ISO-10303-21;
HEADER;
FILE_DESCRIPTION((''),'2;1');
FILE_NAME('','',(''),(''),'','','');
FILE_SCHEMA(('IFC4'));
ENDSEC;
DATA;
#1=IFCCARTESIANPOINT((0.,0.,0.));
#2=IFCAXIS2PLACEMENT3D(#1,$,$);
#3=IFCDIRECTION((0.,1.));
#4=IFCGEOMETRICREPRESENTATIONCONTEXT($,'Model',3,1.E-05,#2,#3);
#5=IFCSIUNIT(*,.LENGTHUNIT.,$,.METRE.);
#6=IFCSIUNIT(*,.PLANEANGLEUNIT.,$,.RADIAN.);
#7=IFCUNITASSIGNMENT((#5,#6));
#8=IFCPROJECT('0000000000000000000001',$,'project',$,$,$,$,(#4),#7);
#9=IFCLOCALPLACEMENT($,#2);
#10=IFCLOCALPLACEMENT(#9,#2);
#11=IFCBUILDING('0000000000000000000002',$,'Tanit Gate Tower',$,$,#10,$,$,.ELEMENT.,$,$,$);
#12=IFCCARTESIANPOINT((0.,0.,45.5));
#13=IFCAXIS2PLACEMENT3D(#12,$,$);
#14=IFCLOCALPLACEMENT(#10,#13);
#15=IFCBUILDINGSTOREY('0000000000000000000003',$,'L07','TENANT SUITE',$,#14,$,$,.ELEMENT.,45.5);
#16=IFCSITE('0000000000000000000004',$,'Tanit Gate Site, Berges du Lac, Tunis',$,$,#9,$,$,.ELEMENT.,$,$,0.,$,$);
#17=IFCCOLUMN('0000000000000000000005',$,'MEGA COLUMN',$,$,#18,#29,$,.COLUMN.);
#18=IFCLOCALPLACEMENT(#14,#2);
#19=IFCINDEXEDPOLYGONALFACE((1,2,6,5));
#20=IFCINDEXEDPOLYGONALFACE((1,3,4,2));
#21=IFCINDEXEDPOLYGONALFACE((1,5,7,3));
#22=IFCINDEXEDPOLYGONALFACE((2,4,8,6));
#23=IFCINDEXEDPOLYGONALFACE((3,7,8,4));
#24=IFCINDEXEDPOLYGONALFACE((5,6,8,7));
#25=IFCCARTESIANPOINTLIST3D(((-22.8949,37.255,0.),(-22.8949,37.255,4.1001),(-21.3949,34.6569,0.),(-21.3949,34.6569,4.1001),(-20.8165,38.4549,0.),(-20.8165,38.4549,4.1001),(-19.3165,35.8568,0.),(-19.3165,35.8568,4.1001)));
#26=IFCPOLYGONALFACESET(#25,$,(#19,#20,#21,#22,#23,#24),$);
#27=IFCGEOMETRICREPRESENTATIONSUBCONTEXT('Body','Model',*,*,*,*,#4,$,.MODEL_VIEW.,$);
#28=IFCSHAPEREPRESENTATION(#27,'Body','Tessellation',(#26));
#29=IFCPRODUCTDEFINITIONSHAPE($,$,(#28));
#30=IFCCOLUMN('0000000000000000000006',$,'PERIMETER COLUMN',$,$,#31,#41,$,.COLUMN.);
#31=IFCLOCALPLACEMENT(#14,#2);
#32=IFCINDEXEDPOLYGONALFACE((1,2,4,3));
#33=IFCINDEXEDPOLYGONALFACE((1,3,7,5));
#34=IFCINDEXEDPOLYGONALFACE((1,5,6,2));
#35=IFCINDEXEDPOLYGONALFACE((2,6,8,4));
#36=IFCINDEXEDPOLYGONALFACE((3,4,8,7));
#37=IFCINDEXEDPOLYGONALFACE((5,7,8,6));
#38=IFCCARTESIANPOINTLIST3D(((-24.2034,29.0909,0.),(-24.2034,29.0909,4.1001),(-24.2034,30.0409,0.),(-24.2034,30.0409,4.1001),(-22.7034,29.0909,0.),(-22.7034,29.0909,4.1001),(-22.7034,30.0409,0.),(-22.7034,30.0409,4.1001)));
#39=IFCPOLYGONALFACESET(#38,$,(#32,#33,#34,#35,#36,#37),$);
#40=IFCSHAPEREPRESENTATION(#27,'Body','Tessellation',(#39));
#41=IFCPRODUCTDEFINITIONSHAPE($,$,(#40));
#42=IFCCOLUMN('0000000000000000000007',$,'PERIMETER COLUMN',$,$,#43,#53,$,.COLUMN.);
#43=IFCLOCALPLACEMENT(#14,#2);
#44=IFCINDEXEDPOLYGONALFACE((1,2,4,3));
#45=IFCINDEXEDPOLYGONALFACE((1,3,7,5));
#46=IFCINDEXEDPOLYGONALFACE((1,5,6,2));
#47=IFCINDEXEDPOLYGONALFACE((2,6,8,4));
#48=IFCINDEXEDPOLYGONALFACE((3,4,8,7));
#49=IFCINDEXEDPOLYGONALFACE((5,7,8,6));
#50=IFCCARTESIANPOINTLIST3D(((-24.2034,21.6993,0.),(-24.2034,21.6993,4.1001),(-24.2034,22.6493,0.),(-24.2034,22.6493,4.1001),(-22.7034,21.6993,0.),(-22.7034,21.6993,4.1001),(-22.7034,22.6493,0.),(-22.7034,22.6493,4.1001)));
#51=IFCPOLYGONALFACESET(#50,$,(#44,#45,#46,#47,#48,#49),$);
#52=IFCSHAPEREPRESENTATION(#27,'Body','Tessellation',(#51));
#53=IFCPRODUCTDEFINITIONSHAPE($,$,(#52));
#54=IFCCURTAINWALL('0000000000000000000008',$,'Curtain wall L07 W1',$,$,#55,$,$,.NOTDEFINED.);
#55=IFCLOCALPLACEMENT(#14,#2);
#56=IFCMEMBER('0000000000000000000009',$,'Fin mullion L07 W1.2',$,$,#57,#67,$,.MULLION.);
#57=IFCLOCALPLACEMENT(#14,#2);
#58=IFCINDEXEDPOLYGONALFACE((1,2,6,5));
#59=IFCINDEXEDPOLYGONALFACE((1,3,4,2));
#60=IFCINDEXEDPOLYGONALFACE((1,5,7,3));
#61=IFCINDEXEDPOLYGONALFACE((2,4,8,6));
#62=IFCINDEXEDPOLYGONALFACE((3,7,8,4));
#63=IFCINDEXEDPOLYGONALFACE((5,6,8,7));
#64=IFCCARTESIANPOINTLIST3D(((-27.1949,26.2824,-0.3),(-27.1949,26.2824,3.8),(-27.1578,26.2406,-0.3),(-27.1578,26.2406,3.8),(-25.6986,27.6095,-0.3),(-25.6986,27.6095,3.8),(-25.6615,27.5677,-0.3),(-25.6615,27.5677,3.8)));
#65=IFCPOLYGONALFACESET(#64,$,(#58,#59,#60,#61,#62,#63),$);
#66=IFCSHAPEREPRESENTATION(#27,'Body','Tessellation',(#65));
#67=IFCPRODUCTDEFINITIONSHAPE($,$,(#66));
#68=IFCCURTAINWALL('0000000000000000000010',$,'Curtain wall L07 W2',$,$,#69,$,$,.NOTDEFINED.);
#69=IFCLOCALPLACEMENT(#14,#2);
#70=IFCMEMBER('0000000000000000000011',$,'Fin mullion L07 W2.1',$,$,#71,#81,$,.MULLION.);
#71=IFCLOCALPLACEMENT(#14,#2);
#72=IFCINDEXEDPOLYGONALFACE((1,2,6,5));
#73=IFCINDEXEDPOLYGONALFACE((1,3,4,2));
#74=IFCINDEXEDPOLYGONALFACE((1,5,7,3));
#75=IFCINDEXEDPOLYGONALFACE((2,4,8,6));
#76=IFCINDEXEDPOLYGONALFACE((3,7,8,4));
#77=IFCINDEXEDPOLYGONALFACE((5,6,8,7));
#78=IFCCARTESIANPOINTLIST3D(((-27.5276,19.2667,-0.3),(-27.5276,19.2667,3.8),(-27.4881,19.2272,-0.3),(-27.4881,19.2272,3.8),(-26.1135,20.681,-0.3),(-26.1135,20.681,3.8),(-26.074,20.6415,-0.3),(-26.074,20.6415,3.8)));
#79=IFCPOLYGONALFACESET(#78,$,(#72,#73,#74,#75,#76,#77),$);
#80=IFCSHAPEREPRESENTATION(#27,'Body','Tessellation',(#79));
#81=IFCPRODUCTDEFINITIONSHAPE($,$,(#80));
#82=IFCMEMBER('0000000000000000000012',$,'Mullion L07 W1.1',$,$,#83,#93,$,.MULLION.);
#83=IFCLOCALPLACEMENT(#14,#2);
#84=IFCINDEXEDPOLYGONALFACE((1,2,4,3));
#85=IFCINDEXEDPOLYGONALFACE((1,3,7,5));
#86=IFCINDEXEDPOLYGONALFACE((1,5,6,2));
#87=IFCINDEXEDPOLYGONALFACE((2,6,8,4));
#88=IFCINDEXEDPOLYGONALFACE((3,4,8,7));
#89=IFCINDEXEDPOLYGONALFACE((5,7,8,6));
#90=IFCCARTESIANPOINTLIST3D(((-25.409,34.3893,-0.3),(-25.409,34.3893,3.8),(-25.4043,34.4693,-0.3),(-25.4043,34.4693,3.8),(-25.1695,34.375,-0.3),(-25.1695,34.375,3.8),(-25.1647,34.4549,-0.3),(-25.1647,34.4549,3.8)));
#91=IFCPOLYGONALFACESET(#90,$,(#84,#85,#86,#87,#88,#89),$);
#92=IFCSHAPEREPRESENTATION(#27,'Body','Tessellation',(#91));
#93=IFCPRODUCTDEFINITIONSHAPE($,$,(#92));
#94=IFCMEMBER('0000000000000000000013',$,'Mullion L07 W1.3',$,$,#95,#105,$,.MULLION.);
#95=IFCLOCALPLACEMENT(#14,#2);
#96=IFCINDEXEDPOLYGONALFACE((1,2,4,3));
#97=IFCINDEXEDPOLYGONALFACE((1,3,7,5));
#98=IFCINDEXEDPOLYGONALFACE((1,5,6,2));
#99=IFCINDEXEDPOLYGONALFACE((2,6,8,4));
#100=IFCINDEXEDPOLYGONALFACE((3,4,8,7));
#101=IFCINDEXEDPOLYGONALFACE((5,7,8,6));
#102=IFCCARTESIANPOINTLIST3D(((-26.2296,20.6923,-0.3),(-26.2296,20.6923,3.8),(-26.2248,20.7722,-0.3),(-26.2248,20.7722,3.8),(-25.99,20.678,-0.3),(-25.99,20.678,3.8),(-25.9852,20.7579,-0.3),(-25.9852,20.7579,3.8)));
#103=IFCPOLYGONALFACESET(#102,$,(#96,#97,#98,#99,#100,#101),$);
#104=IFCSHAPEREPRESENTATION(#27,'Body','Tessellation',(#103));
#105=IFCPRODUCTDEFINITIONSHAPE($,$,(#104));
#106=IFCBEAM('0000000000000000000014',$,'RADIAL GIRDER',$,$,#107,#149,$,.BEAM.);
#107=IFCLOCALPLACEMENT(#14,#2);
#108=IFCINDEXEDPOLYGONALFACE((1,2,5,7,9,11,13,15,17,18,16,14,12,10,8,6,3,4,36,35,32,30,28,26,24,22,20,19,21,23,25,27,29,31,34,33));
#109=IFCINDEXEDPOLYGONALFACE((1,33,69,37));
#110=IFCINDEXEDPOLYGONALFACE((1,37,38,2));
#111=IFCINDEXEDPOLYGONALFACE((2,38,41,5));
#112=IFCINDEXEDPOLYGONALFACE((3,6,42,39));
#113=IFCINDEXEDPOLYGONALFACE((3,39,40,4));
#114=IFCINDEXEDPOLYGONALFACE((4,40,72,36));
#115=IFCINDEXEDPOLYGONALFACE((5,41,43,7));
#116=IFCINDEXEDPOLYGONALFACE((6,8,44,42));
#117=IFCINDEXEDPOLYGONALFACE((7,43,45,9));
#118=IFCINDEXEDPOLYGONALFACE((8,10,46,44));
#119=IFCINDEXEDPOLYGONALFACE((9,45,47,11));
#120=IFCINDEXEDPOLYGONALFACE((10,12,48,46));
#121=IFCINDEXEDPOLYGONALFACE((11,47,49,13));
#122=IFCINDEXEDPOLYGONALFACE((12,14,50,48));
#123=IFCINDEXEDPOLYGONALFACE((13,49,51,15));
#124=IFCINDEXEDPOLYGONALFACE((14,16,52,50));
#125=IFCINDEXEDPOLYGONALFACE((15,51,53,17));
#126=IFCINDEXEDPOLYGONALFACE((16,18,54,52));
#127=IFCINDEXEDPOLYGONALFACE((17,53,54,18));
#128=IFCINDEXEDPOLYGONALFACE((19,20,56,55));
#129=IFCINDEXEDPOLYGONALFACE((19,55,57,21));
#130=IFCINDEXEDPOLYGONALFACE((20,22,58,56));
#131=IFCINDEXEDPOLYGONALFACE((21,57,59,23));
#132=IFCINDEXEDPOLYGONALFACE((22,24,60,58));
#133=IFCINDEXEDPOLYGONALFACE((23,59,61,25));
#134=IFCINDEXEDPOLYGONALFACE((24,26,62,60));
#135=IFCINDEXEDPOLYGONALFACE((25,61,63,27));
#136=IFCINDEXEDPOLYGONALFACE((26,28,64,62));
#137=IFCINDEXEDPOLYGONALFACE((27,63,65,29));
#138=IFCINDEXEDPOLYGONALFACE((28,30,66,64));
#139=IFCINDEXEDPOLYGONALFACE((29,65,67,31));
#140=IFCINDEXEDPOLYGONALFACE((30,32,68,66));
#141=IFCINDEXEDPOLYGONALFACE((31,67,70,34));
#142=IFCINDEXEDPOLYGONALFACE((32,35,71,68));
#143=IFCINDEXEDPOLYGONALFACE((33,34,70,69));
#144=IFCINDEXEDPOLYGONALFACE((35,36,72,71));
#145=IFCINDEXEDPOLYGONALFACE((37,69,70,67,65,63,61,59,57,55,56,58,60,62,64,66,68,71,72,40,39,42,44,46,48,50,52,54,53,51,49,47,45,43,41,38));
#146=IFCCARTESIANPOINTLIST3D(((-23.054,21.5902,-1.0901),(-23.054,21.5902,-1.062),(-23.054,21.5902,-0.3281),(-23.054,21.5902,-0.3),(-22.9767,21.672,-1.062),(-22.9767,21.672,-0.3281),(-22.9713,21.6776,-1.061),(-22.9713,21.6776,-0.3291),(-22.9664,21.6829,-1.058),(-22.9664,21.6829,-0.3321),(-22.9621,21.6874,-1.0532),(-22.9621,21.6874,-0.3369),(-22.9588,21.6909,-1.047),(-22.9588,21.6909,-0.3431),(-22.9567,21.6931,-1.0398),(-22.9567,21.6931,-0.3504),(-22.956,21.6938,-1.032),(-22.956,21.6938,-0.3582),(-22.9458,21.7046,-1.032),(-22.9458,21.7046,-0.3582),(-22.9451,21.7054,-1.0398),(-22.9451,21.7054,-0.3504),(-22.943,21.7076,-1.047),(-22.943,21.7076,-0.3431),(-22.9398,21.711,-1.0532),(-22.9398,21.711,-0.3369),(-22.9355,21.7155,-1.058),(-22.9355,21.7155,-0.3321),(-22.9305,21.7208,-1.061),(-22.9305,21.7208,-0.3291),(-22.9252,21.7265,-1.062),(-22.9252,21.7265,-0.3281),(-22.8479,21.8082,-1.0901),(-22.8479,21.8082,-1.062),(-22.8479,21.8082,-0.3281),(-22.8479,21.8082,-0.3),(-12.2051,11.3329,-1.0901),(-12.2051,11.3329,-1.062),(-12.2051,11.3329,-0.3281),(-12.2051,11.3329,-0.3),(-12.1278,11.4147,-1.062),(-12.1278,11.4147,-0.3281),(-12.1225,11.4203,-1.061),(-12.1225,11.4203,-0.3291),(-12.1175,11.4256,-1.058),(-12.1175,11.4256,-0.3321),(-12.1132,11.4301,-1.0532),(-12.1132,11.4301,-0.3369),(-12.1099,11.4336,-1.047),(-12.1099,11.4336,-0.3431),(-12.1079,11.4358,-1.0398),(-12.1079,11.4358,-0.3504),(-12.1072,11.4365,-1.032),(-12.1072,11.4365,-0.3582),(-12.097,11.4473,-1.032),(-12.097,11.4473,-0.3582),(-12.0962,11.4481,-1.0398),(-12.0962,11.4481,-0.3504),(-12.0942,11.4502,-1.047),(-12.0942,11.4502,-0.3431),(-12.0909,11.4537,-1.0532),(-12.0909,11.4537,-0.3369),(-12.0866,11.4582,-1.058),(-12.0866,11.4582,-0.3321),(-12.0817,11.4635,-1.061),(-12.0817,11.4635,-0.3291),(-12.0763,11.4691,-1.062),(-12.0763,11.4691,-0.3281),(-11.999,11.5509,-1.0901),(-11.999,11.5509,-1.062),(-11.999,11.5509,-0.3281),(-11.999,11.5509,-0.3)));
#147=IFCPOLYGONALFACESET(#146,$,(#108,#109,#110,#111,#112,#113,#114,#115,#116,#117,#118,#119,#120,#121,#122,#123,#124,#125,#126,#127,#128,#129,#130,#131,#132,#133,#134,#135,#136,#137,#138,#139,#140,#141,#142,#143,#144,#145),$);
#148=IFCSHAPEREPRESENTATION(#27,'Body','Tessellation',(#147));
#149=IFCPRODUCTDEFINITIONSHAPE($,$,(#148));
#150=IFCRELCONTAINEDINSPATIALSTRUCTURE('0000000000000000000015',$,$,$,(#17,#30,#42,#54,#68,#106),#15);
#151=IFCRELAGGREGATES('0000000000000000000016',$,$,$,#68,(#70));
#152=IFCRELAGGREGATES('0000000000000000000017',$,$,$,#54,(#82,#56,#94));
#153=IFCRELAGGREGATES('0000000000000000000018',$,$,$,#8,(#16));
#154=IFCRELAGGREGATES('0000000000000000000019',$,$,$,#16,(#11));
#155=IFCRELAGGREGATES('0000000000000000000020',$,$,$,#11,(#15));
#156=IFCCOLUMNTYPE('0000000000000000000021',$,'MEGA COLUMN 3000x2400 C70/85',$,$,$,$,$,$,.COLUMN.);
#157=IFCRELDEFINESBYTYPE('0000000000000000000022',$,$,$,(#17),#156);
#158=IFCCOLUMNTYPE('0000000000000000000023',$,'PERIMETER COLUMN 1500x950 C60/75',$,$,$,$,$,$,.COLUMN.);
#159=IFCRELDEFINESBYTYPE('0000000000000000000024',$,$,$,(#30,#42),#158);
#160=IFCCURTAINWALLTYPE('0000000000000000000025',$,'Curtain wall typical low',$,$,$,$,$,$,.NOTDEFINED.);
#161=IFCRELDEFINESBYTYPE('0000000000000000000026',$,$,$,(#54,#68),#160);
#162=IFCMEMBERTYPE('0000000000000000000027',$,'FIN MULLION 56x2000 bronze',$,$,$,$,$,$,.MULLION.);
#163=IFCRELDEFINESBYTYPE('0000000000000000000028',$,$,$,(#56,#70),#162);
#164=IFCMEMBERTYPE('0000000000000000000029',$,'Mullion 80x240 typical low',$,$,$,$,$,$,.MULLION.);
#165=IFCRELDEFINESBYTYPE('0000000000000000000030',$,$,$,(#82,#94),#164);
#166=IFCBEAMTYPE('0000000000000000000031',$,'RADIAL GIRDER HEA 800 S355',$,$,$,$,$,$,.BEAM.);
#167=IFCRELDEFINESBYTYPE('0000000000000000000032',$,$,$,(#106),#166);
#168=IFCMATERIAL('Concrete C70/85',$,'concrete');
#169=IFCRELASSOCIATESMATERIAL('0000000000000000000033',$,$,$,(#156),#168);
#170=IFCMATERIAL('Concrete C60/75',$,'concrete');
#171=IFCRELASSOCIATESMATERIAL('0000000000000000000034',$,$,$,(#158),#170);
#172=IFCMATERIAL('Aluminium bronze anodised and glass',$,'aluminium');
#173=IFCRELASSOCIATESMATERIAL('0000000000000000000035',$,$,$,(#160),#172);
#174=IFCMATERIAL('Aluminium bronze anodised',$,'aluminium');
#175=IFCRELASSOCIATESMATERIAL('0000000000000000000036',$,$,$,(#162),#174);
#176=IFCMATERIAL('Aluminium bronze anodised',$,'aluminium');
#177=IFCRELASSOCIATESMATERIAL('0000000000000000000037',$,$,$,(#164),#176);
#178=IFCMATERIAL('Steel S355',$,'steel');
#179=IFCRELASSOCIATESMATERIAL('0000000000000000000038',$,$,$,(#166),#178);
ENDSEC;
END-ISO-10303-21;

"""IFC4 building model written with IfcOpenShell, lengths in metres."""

from ifc_helpers import new_model, si_unit, direction, frame, origin, origin_2d, place, context, subcontext, project, spatial, rectangle, i_section, extrude, material, material_profile, profile_set, type_object, element, aggregate, save


model = new_model("IFC4")

# Units and contexts
model_context = context("Model", 3, precision=1e-05, world=origin(), true_north=direction((0.0, 1.0)))
body_context = subcontext(model_context, "Body", "Model", "MODEL_VIEW")
ifc_project = project(units=[si_unit("LENGTHUNIT", "METRE"), si_unit("PLANEANGLEUNIT", "RADIAN")], contexts=[model_context])

# Site, building, storey
site_placement = place(None, origin())
site = spatial("IfcSite", under=ifc_project, at=site_placement, Name="Tanit Gate Site, Berges du Lac, Tunis", CompositionType="ELEMENT", RefElevation=0.0)
building_placement = place(site_placement, origin())
building = spatial("IfcBuilding", under=site, at=building_placement, Name="Tanit Gate Tower", CompositionType="ELEMENT")
storey_placement = place(building_placement, frame((0.0, 0.0, 45.5)))
storey = spatial("IfcBuildingStorey", under=building, at=storey_placement, Name="L07", Description="TENANT SUITE", CompositionType="ELEMENT", Elevation=45.5)

# Columns
ifc_material_1 = material(Name="Concrete C70/85", Category="concrete")
ifc_material_profile_1 = material_profile(ifc_material_1, rectangle(XDim=3.0, YDim=2.3999, at=origin_2d()), Name="RC 3000x2400")
ifc_profile_set_1 = profile_set([ifc_material_profile_1], Name="Concrete C70/85")
column_type_1 = type_object("IfcColumnType", Name="MEGA COLUMN 3000x2400 C70/85", PredefinedType="COLUMN", material=ifc_profile_set_1)
column_placement = place(storey_placement, frame((-21.1057, 36.5559, 0.0), z_axis=(0.0, 0.0, 1.0), x_axis=(-0.5, 0.866025, 0.0)))
element("IfcColumn", 1, at=column_placement, inside=storey, type_object=column_type_1, Name="MEGA COLUMN", PredefinedType="COLUMN", context=body_context, shape_type="SweptSolid", body=[
    extrude(rectangle(XDim=3.0, YDim=2.3999, at=origin_2d()), origin(), (0.0, 0.0, 1.0), 4.1001),
])
ifc_material_2 = material(Name="Concrete C60/75", Category="concrete")
ifc_material_profile_2 = material_profile(ifc_material_2, rectangle(XDim=1.5, YDim=0.95, at=origin_2d()), Name="RC 1500x950")
ifc_profile_set_2 = profile_set([ifc_material_profile_2], Name="Concrete C60/75")
column_type_2 = type_object("IfcColumnType", Name="PERIMETER COLUMN 1500x950 C60/75", PredefinedType="COLUMN", material=ifc_profile_set_2)
for number, where, z_axis, x_axis, name in (
    (2, (-23.4534, 29.5659, 0.0), (0.0, 0.0, 1.0), (-1.0, 0.0, 0.0), "PERIMETER COLUMN"),
    (3, (-23.4534, 22.1743, 0.0), (0.0, 0.0, 1.0), (-1.0, 0.0, 0.0), "PERIMETER COLUMN"),
):
    element("IfcColumn", number, at=place(storey_placement, frame(where, z_axis=z_axis, x_axis=x_axis)), inside=storey, type_object=column_type_2, Name=name, PredefinedType="COLUMN", context=body_context, shape_type="SweptSolid", body=[
        extrude(rectangle(XDim=1.5, YDim=0.95, at=origin_2d()), origin(), (0.0, 0.0, 1.0), 4.1001),
    ])

# Curtain walls, members
ifc_material_3 = material(Name="Aluminium bronze anodised and glass", Category="aluminium")
curtain_wall_type = type_object("IfcCurtainWallType", Name="Curtain wall typical low", PredefinedType="NOTDEFINED", material=ifc_material_3)
curtain_wall_1_placement = place(storey_placement, origin())
curtain_wall_1 = element("IfcCurtainWall", 4, at=curtain_wall_1_placement, inside=storey, type_object=curtain_wall_type, Name="Curtain wall L07 W1", PredefinedType="NOTDEFINED")
ifc_material_4 = material(Name="Aluminium bronze anodised", Category="aluminium")
ifc_material_profile_3 = material_profile(ifc_material_4, rectangle(XDim=2.0, YDim=0.0559, at=origin_2d()), Name="56x2000 bronze fin mullion")
ifc_profile_set_3 = profile_set([ifc_material_profile_3], Name="Aluminium bronze anodised")
member_type_1 = type_object("IfcMemberType", Name="FIN MULLION 56x2000 bronze", PredefinedType="MULLION", material=ifc_profile_set_3)
member_1_placement = place(storey_placement, frame((-26.4282, 26.925, -0.3), z_axis=(0.0, 0.0, 1.0), x_axis=(0.748134, 0.663548, 0.0)))
member_1 = element("IfcMember", 5, at=member_1_placement, type_object=member_type_1, Name="Fin mullion L07 W1.2", PredefinedType="MULLION", context=body_context, shape_type="SweptSolid", body=[
    extrude(rectangle(XDim=2.0, YDim=0.0559, at=origin_2d()), origin(), (0.0, 0.0, 1.0), 4.1001),
])
curtain_wall_2_placement = place(storey_placement, origin())
curtain_wall_2 = element("IfcCurtainWall", 6, at=curtain_wall_2_placement, inside=storey, type_object=curtain_wall_type, Name="Curtain wall L07 W2", PredefinedType="NOTDEFINED")
member_2_placement = place(storey_placement, frame((-26.8008, 19.9541, -0.3), z_axis=(0.0, 0.0, 1.0), x_axis=(0.707058, 0.707156, 0.0)))
member_2 = element("IfcMember", 7, at=member_2_placement, type_object=member_type_1, Name="Fin mullion L07 W2.1", PredefinedType="MULLION", context=body_context, shape_type="SweptSolid", body=[
    extrude(rectangle(XDim=2.0, YDim=0.0559, at=origin_2d()), origin(), (0.0, 0.0, 1.0), 4.1001),
])

# Members
ifc_material_5 = material(Name="Aluminium bronze anodised", Category="aluminium")
ifc_material_profile_4 = material_profile(ifc_material_5, rectangle(XDim=0.24, YDim=0.0801, at=origin_2d()), Name="80x240 bronze mullion")
ifc_profile_set_4 = profile_set([ifc_material_profile_4], Name="Aluminium bronze anodised")
member_type_2 = type_object("IfcMemberType", Name="Mullion 80x240 typical low", PredefinedType="MULLION", material=ifc_profile_set_4)
member_3_placement = place(storey_placement, frame((-25.2869, 34.4221, -0.3), z_axis=(0.0, 0.0, 1.0), x_axis=(0.99821, -0.059812, 0.0)))
member_3 = element("IfcMember", 8, at=member_3_placement, type_object=member_type_2, Name="Mullion L07 W1.1", PredefinedType="MULLION", context=body_context, shape_type="SweptSolid", body=[
    extrude(rectangle(XDim=0.24, YDim=0.0801, at=origin_2d()), origin(), (0.0, 0.0, 1.0), 4.1001),
])
member_4_placement = place(storey_placement, frame((-26.1074, 20.7251, -0.3), z_axis=(0.0, 0.0, 1.0), x_axis=(0.99821, -0.059812, 0.0)))
member_4 = element("IfcMember", 9, at=member_4_placement, type_object=member_type_2, Name="Mullion L07 W1.3", PredefinedType="MULLION", context=body_context, shape_type="SweptSolid", body=[
    extrude(rectangle(XDim=0.24, YDim=0.0801, at=origin_2d()), origin(), (0.0, 0.0, 1.0), 4.1001),
])

# Beam
ifc_material_6 = material(Name="Steel S355", Category="steel")
ifc_material_profile_5 = material_profile(ifc_material_6, i_section(OverallWidth=0.3, OverallDepth=0.79, WebThickness=0.0149, FlangeThickness=0.0281, FilletRadius=0.03, at=origin_2d()), Name="HEA 800")
ifc_profile_set_5 = profile_set([ifc_material_profile_5], Name="Steel S355")
beam_type_1 = type_object("IfcBeamType", Name="RADIAL GIRDER HEA 800 S355", PredefinedType="BEAM", material=ifc_profile_set_5)
beam_1_placement = place(storey_placement, frame((-22.9509, 21.6992, -0.6951), z_axis=(0.72664, -0.687019, 0.0), x_axis=(0.687019, 0.72664, 0.0)))
element("IfcBeam", 10, at=beam_1_placement, inside=storey, type_object=beam_type_1, Name="RADIAL GIRDER", PredefinedType="BEAM", context=body_context, shape_type="SweptSolid", body=[
    extrude(i_section(OverallWidth=0.3, OverallDepth=0.79, WebThickness=0.0149, FlangeThickness=0.0281, FilletRadius=0.03, at=origin_2d()), origin(), (0.0, 0.0, 1.0), 14.9302),
])

aggregate(curtain_wall_2, [member_2])

aggregate(curtain_wall_1, [member_3, member_1, member_4])

save(model, "model.ifc")
